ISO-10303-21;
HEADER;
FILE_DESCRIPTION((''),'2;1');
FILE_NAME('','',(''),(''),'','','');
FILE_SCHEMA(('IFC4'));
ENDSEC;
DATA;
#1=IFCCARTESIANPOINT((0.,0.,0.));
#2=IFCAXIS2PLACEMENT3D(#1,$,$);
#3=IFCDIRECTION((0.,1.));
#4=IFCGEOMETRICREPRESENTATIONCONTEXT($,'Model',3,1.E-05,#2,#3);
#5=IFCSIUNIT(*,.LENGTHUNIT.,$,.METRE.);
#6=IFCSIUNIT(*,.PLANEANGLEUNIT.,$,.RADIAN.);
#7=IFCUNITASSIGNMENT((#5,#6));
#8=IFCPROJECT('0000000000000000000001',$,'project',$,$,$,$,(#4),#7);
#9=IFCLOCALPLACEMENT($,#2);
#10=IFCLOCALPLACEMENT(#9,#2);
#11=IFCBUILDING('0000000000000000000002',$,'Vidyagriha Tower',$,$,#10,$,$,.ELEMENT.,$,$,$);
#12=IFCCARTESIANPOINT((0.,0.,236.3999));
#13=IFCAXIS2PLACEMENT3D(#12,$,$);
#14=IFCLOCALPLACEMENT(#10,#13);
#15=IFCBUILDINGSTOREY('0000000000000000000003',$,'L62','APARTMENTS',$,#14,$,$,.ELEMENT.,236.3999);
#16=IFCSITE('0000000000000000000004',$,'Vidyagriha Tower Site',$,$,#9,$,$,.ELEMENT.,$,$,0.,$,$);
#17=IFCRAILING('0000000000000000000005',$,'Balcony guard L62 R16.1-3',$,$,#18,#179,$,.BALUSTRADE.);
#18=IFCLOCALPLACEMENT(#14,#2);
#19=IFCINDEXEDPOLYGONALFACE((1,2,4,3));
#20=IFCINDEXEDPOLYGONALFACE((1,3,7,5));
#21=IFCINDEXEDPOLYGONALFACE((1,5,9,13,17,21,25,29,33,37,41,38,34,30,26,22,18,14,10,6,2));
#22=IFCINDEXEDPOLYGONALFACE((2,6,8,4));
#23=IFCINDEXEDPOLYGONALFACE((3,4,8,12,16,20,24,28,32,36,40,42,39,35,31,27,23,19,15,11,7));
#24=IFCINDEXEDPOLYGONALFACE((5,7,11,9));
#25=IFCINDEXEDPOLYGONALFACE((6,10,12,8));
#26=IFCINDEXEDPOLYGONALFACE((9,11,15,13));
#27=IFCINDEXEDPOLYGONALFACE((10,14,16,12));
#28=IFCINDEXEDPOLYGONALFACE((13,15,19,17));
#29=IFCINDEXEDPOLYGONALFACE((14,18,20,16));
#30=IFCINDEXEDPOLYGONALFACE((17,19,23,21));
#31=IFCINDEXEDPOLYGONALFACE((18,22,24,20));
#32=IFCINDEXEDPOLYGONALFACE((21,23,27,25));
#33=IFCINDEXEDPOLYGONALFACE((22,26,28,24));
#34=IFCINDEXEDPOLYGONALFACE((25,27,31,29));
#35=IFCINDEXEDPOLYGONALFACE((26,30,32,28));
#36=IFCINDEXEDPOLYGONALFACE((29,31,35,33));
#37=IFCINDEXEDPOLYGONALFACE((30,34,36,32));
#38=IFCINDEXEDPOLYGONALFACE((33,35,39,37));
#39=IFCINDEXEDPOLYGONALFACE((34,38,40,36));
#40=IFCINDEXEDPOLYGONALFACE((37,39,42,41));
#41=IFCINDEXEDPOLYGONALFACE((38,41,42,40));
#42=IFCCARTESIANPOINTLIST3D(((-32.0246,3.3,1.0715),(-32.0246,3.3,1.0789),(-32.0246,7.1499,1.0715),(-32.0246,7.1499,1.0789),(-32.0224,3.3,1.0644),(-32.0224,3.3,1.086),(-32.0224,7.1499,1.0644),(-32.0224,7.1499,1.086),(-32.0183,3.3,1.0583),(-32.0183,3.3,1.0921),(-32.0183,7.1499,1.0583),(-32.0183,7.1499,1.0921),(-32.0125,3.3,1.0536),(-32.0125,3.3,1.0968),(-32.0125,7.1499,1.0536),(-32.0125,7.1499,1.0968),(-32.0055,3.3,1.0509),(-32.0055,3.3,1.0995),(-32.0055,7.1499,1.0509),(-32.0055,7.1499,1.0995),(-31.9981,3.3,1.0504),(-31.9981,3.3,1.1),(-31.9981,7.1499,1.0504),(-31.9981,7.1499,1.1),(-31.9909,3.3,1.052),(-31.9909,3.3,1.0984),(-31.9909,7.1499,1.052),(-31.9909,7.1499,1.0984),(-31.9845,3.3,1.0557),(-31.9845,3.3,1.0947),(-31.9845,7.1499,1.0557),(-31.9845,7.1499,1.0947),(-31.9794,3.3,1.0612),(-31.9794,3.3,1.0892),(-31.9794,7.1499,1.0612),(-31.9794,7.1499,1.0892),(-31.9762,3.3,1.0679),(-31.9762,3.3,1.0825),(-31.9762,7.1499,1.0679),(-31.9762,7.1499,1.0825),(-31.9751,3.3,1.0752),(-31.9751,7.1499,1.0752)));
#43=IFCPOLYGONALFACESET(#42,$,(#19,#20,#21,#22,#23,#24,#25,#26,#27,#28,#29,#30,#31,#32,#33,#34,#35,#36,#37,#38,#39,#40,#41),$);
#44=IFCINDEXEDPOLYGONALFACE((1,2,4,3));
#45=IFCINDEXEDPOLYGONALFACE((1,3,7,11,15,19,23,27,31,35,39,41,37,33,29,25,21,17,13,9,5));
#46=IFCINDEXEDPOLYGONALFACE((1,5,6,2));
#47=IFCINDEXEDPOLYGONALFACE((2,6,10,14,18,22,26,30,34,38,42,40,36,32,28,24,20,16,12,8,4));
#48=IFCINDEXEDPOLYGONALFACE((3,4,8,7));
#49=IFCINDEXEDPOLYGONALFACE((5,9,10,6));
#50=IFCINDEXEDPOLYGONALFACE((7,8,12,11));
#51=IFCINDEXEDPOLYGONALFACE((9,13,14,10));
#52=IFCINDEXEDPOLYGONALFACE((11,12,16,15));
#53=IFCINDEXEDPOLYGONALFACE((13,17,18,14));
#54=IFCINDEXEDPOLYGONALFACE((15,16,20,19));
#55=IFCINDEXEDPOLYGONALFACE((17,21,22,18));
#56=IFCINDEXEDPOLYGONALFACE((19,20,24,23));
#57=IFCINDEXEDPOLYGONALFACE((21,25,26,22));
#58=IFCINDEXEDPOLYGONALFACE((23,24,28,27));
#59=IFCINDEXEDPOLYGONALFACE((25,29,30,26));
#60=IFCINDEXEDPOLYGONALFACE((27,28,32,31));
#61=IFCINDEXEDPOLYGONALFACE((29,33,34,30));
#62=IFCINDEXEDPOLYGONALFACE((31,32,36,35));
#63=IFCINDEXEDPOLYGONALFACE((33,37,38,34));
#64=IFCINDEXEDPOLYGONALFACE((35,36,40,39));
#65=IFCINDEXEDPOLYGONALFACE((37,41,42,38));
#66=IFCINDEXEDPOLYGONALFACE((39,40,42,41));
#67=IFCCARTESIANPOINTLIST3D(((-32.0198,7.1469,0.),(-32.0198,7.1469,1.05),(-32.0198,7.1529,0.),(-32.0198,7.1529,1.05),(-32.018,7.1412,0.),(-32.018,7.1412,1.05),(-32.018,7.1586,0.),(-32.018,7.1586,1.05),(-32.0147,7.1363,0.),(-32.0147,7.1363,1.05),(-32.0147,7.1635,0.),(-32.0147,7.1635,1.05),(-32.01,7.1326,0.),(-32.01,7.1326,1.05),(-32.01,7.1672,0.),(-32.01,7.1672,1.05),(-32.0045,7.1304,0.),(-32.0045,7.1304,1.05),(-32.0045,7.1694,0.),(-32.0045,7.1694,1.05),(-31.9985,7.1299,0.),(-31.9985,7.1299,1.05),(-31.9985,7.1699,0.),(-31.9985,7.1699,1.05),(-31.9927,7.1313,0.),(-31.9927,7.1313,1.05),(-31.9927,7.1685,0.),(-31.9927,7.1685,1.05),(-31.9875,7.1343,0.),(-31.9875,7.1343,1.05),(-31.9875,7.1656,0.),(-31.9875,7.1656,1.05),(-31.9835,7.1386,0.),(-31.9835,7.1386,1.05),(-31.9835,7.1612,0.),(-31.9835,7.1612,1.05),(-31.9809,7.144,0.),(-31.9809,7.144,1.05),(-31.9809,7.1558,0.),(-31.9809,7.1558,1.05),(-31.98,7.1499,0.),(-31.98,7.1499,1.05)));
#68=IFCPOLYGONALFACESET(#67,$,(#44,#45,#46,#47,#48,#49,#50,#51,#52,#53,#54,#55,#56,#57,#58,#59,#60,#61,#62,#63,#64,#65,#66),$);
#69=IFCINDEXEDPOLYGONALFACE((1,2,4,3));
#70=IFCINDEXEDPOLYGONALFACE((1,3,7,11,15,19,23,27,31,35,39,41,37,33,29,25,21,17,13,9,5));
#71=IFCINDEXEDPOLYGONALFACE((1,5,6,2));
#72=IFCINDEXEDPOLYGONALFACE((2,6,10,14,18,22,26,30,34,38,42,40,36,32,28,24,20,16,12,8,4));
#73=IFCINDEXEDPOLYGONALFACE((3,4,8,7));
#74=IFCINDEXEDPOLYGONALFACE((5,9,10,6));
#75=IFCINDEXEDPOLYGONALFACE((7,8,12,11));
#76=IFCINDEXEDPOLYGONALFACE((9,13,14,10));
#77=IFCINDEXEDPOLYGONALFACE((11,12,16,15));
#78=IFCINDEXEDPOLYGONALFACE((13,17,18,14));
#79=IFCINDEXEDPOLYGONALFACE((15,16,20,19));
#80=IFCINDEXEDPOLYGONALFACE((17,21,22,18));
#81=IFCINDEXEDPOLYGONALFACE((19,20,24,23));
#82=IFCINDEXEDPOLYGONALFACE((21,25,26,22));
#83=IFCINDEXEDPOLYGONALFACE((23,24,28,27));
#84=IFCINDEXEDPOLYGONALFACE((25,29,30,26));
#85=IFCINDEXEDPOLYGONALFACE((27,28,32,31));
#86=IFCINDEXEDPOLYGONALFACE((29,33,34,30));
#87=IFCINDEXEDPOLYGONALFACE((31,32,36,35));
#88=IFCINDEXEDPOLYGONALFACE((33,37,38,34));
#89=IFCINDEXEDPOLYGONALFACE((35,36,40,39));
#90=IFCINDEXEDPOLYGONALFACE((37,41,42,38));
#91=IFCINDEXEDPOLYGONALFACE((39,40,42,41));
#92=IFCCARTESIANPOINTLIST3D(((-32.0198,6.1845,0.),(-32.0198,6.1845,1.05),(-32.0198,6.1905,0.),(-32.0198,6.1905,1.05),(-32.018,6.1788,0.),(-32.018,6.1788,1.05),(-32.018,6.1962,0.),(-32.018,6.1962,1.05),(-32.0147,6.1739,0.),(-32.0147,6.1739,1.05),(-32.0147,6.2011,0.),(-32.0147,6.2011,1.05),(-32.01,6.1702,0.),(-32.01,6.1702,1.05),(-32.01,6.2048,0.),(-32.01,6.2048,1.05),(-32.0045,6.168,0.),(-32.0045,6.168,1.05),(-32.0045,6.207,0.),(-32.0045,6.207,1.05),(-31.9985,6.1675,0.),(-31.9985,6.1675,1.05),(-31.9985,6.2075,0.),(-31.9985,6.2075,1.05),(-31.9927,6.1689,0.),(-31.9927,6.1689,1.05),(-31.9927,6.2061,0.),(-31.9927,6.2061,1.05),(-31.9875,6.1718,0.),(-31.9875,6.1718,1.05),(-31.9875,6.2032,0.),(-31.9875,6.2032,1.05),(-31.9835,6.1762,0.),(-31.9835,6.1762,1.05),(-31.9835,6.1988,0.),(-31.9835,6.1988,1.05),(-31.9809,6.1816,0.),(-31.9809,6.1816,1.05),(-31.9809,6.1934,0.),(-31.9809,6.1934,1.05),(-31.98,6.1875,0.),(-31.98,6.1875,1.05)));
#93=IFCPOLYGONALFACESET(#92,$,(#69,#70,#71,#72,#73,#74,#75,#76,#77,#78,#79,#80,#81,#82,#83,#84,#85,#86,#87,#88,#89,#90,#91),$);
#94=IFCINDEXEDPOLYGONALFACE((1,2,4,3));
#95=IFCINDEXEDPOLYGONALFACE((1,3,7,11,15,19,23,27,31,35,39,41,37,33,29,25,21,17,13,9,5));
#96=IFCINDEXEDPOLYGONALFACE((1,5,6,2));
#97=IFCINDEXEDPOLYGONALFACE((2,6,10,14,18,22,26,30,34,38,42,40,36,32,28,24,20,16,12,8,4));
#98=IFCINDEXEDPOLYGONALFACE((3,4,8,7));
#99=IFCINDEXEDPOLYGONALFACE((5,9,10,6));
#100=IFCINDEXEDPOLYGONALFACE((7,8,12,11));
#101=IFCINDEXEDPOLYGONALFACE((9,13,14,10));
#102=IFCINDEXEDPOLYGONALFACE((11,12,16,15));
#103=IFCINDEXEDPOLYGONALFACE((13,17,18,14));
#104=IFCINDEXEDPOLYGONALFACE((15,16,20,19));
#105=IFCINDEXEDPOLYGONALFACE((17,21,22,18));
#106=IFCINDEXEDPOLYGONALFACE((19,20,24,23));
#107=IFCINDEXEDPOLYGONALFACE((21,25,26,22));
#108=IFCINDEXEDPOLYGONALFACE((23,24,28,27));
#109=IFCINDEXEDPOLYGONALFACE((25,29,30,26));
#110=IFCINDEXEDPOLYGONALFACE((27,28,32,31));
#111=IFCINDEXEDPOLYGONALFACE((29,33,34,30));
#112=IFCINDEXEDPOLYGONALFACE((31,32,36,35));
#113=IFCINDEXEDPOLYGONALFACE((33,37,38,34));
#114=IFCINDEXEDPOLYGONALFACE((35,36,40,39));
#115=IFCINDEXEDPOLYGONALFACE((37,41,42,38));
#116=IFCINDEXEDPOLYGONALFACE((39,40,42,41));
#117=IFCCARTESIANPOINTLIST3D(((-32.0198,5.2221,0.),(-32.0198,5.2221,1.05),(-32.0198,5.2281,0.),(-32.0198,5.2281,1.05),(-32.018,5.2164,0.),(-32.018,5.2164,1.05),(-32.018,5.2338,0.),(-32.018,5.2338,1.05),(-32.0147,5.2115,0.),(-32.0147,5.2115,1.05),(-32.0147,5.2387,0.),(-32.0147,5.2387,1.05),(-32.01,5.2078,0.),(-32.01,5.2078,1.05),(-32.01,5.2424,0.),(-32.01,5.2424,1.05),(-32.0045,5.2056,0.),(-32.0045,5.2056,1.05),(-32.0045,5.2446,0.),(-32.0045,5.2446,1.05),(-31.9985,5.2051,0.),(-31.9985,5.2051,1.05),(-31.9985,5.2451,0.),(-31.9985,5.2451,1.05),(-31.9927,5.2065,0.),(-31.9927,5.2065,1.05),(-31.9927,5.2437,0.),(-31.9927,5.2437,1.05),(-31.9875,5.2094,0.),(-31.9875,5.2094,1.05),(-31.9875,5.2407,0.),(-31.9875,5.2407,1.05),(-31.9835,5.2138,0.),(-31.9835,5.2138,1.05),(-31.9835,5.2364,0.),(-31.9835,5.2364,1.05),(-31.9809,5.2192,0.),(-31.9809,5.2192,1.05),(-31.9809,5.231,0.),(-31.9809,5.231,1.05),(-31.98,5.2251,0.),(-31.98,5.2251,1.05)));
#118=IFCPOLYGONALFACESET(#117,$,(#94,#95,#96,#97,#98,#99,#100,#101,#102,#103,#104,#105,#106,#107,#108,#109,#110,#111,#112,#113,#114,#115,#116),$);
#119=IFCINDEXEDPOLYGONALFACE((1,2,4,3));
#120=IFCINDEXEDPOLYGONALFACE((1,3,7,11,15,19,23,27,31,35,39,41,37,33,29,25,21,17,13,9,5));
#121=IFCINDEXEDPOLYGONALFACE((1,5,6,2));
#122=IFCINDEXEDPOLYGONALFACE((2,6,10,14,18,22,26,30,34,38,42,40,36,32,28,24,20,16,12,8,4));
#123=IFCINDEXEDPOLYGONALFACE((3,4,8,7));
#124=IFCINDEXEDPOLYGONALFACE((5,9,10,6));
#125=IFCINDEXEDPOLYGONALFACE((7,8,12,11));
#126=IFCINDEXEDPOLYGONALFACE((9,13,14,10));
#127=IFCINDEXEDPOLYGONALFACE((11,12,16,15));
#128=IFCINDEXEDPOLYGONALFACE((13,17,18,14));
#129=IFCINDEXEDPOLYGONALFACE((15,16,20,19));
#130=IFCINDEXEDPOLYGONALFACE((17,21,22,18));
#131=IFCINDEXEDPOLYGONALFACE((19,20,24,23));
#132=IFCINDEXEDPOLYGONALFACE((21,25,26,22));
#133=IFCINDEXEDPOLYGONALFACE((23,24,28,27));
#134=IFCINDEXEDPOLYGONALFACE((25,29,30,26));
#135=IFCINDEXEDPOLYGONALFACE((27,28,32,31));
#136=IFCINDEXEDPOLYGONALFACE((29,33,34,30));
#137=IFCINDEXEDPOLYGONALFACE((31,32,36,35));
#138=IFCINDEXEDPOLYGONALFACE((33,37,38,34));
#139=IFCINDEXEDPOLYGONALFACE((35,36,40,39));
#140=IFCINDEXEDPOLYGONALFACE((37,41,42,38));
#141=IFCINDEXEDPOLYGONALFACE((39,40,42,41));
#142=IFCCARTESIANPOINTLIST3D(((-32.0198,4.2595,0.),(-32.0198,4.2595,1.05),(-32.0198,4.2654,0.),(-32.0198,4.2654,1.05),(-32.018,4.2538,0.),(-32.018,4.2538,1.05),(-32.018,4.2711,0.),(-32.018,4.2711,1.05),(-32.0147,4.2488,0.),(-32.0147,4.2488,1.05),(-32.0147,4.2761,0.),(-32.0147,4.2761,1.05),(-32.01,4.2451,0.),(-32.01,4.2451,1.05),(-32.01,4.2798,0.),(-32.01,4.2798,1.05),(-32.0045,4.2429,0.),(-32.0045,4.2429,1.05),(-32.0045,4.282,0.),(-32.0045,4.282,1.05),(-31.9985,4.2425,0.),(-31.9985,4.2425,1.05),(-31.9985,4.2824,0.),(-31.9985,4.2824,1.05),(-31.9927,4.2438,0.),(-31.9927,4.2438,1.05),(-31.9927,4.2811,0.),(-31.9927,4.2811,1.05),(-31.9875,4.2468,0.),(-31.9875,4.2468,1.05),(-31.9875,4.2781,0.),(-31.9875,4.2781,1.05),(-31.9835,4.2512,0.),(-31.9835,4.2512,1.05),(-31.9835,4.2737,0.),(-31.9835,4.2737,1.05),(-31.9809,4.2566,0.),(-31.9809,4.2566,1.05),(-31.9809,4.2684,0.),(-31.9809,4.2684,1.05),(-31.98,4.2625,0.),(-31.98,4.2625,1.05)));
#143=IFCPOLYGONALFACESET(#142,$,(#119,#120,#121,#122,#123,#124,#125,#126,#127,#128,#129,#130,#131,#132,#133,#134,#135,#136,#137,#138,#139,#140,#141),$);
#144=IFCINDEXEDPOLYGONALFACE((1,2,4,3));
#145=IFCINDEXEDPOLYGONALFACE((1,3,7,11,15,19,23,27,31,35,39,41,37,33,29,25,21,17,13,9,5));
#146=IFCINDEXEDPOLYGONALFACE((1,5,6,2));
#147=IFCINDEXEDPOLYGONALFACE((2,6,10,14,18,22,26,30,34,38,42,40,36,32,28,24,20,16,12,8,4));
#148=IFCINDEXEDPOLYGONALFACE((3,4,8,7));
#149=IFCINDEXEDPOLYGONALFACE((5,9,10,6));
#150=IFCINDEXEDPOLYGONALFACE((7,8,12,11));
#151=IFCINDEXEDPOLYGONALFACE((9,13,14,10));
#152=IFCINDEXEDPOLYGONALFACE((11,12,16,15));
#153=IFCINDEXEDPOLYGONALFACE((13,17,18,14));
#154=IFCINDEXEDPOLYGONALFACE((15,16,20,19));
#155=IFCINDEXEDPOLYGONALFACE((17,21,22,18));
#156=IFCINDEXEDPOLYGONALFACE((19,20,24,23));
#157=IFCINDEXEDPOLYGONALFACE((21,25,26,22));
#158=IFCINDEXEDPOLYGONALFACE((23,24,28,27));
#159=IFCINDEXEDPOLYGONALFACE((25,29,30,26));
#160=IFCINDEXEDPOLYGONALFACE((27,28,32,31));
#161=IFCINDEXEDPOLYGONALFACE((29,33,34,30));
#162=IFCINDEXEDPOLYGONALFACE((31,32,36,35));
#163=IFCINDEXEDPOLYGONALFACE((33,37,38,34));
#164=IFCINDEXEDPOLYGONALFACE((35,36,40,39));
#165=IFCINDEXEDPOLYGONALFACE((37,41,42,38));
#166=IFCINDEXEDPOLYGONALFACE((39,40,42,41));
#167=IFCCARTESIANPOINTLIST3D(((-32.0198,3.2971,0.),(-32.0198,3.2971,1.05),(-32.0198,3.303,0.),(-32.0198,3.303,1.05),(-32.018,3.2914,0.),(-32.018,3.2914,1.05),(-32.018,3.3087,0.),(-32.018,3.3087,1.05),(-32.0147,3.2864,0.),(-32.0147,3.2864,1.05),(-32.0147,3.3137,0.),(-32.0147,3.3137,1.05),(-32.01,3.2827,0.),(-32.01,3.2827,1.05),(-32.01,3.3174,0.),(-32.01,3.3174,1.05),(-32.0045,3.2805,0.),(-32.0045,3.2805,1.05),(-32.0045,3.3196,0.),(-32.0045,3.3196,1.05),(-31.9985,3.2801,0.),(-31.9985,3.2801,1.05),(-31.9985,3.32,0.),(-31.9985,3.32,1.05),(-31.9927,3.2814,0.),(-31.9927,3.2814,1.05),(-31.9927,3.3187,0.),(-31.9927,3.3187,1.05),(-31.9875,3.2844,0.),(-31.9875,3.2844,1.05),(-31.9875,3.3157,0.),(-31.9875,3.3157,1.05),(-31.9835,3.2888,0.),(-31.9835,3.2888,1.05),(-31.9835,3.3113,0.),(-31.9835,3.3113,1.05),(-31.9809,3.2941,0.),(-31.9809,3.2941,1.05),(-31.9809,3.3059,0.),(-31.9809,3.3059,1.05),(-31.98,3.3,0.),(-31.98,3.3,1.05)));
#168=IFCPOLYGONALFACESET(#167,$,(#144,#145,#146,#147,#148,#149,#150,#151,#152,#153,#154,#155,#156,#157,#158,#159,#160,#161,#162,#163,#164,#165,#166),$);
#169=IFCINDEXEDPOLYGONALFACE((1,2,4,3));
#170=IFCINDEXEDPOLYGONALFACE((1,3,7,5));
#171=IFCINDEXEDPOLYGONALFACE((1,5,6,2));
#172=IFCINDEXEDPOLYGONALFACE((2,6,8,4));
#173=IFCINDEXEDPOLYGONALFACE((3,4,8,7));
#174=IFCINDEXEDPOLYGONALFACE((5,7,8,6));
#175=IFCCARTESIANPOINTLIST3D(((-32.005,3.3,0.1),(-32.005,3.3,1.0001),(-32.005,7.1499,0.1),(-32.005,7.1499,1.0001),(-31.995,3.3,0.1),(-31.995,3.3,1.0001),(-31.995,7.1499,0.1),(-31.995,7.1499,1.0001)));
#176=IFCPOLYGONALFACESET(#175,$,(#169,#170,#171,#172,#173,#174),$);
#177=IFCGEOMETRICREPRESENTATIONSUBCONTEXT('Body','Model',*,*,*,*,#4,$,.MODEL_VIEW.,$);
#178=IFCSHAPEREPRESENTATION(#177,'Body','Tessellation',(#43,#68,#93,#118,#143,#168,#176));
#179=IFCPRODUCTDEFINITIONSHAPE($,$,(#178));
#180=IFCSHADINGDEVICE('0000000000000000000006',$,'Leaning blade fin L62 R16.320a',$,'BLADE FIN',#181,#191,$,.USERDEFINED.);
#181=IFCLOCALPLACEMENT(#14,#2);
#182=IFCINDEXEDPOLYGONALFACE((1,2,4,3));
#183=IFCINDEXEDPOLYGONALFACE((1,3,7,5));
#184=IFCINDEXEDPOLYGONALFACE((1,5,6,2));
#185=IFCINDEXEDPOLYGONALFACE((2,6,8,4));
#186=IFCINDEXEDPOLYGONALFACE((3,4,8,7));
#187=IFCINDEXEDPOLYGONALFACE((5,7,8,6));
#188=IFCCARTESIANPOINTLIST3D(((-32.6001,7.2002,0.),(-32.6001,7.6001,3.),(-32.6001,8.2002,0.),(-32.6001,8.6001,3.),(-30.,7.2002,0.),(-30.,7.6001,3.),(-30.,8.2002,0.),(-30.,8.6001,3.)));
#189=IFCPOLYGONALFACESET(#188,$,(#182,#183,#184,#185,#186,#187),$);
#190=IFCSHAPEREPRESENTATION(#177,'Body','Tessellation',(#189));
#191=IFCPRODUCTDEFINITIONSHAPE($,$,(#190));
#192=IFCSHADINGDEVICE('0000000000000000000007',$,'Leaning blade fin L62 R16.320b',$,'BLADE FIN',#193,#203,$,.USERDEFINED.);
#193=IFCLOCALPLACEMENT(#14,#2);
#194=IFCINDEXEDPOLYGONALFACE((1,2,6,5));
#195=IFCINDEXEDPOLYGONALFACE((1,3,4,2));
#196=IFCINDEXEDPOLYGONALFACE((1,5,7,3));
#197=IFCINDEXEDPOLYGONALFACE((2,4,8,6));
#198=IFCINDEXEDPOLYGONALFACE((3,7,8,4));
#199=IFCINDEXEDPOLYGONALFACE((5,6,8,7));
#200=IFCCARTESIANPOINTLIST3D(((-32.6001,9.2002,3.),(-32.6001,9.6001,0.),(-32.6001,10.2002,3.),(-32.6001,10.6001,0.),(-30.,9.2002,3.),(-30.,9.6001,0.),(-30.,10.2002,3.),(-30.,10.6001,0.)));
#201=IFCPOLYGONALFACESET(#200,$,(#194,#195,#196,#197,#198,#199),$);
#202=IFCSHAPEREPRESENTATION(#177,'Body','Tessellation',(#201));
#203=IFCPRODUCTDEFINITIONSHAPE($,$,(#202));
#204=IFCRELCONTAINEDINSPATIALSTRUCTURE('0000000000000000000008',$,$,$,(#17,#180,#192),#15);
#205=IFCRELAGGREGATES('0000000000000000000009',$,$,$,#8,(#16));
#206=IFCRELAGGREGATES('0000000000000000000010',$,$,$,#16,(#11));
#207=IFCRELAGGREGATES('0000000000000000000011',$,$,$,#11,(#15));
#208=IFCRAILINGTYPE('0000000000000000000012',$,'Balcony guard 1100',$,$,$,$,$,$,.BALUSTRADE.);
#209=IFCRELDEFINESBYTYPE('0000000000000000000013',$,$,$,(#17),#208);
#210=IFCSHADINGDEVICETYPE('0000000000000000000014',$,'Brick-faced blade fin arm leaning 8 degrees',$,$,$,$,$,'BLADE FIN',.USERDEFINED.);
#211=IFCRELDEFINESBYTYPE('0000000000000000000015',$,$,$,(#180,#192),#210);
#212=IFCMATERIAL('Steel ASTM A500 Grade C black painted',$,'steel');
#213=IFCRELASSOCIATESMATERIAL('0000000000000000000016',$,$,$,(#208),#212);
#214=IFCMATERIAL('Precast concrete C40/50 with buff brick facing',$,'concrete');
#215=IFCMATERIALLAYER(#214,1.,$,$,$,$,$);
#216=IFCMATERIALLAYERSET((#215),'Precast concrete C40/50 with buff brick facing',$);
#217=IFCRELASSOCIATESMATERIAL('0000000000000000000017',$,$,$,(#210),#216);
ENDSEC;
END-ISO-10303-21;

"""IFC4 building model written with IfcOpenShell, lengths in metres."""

from ifc_helpers import new_model, si_unit, direction, frame, origin, origin_2d, place, context, subcontext, project, spatial, polyline, rectangle, circle, outline, extrude, material, layer, layer_set, type_object, element, save


model = new_model("IFC4")

# Units and contexts
model_context = context("Model", 3, precision=1e-05, world=origin(), true_north=direction((0.0, 1.0)))
body_context = subcontext(model_context, "Body", "Model", "MODEL_VIEW")
ifc_project = project(units=[si_unit("LENGTHUNIT", "METRE"), si_unit("PLANEANGLEUNIT", "RADIAN")], contexts=[model_context])

# Site, building, storey
site_placement = place(None, origin())
site = spatial("IfcSite", under=ifc_project, at=site_placement, Name="Vidyagriha Tower Site", CompositionType="ELEMENT", RefElevation=0.0)
building_placement = place(site_placement, origin())
building = spatial("IfcBuilding", under=site, at=building_placement, Name="Vidyagriha Tower", CompositionType="ELEMENT")
storey_placement = place(building_placement, frame((0.0, 0.0, 236.3999)))
storey = spatial("IfcBuildingStorey", under=building, at=storey_placement, Name="L62", Description="APARTMENTS", CompositionType="ELEMENT", Elevation=236.3999)

# Railing
ifc_material_1 = material(Name="Steel ASTM A500 Grade C black painted", Category="steel")
railing_type = type_object("IfcRailingType", Name="Balcony guard 1100", PredefinedType="BALUSTRADE", material=ifc_material_1)
railing_1_placement = place(storey_placement, frame((-32.0, 7.1499, 0.0)))
element("IfcRailing", 1, at=railing_1_placement, inside=storey, type_object=railing_type, Name="Balcony guard L62 R16.1-3", PredefinedType="BALUSTRADE", context=body_context, shape_type="SweptSolid", body=[
    extrude(circle(Radius=0.0249, at=origin_2d()), frame((0.0, 0.0, 1.0752), z_axis=(0.0, -1.0, 0.0), x_axis=(1.0, 0.0, 0.0)), (0.0, 0.0, 1.0), 3.8499),
    extrude(circle(Radius=0.02, at=origin_2d()), origin(), (0.0, 0.0, 1.0), 1.05),
    extrude(circle(Radius=0.02, at=origin_2d()), frame((0.0, -0.9624, 0.0)), (0.0, 0.0, 1.0), 1.05),
    extrude(circle(Radius=0.02, at=origin_2d()), frame((0.0, -1.9248, 0.0)), (0.0, 0.0, 1.0), 1.05),
    extrude(circle(Radius=0.02, at=origin_2d()), frame((0.0, -2.8875, 0.0)), (0.0, 0.0, 1.0), 1.05),
    extrude(circle(Radius=0.02, at=origin_2d()), frame((0.0, -3.8499, 0.0)), (0.0, 0.0, 1.0), 1.05),
    extrude(rectangle(XDim=0.01, YDim=0.9001, at=origin_2d()), frame((0.0, 0.0, 0.55), z_axis=(0.0, -1.0, 0.0), x_axis=(1.0, 0.0, 0.0)), (0.0, 0.0, 1.0), 3.8499),
])

# Shading devices
ifc_material_2 = material(Name="Precast concrete C40/50 with buff brick facing", Category="concrete")
ifc_layer_1 = layer(ifc_material_2, 1.0)
ifc_layer_set_1 = layer_set([ifc_layer_1], Name="Precast concrete C40/50 with buff brick facing")
shading_device_type_1 = type_object("IfcShadingDeviceType", Name="Brick-faced blade fin arm leaning 8 degrees", ElementType="BLADE FIN", PredefinedType="USERDEFINED", material=ifc_layer_set_1)
shading_device_1_placement = place(storey_placement, frame((-31.3, 8.6001, 0.0), z_axis=(0.0, 0.0, 1.0), x_axis=(0.0, -1.0, 0.0)))
element("IfcShadingDevice", 2, at=shading_device_1_placement, inside=storey, type_object=shading_device_type_1, Name="Leaning blade fin L62 R16.320a", ObjectType="BLADE FIN", PredefinedType="USERDEFINED", context=body_context, shape_type="SweptSolid", body=[
    extrude(outline(polyline([(0.3999, 0.0), (1.3999, 0.0), (1.0, 3.0), (0.0, 3.0), (0.3999, 0.0)])), frame((0.0, 1.3, 0.0), z_axis=(0.0, -1.0, 0.0), x_axis=(1.0, 0.0, 0.0)), (0.0, 0.0, 1.0), 2.6001),
])
shading_device_2_placement = place(storey_placement, frame((-31.3, 10.6001, 0.0), z_axis=(0.0, 0.0, 1.0), x_axis=(0.0, -1.0, 0.0)))
element("IfcShadingDevice", 3, at=shading_device_2_placement, inside=storey, type_object=shading_device_type_1, Name="Leaning blade fin L62 R16.320b", ObjectType="BLADE FIN", PredefinedType="USERDEFINED", context=body_context, shape_type="SweptSolid", body=[
    extrude(outline(polyline([(0.0, 0.0), (1.0, 0.0), (1.3999, 3.0), (0.3999, 3.0), (0.0, 0.0)])), frame((0.0, 1.3, 0.0), z_axis=(0.0, -1.0, 0.0), x_axis=(1.0, 0.0, 0.0)), (0.0, 0.0, 1.0), 2.6001),
])

save(model, "model.ifc")
